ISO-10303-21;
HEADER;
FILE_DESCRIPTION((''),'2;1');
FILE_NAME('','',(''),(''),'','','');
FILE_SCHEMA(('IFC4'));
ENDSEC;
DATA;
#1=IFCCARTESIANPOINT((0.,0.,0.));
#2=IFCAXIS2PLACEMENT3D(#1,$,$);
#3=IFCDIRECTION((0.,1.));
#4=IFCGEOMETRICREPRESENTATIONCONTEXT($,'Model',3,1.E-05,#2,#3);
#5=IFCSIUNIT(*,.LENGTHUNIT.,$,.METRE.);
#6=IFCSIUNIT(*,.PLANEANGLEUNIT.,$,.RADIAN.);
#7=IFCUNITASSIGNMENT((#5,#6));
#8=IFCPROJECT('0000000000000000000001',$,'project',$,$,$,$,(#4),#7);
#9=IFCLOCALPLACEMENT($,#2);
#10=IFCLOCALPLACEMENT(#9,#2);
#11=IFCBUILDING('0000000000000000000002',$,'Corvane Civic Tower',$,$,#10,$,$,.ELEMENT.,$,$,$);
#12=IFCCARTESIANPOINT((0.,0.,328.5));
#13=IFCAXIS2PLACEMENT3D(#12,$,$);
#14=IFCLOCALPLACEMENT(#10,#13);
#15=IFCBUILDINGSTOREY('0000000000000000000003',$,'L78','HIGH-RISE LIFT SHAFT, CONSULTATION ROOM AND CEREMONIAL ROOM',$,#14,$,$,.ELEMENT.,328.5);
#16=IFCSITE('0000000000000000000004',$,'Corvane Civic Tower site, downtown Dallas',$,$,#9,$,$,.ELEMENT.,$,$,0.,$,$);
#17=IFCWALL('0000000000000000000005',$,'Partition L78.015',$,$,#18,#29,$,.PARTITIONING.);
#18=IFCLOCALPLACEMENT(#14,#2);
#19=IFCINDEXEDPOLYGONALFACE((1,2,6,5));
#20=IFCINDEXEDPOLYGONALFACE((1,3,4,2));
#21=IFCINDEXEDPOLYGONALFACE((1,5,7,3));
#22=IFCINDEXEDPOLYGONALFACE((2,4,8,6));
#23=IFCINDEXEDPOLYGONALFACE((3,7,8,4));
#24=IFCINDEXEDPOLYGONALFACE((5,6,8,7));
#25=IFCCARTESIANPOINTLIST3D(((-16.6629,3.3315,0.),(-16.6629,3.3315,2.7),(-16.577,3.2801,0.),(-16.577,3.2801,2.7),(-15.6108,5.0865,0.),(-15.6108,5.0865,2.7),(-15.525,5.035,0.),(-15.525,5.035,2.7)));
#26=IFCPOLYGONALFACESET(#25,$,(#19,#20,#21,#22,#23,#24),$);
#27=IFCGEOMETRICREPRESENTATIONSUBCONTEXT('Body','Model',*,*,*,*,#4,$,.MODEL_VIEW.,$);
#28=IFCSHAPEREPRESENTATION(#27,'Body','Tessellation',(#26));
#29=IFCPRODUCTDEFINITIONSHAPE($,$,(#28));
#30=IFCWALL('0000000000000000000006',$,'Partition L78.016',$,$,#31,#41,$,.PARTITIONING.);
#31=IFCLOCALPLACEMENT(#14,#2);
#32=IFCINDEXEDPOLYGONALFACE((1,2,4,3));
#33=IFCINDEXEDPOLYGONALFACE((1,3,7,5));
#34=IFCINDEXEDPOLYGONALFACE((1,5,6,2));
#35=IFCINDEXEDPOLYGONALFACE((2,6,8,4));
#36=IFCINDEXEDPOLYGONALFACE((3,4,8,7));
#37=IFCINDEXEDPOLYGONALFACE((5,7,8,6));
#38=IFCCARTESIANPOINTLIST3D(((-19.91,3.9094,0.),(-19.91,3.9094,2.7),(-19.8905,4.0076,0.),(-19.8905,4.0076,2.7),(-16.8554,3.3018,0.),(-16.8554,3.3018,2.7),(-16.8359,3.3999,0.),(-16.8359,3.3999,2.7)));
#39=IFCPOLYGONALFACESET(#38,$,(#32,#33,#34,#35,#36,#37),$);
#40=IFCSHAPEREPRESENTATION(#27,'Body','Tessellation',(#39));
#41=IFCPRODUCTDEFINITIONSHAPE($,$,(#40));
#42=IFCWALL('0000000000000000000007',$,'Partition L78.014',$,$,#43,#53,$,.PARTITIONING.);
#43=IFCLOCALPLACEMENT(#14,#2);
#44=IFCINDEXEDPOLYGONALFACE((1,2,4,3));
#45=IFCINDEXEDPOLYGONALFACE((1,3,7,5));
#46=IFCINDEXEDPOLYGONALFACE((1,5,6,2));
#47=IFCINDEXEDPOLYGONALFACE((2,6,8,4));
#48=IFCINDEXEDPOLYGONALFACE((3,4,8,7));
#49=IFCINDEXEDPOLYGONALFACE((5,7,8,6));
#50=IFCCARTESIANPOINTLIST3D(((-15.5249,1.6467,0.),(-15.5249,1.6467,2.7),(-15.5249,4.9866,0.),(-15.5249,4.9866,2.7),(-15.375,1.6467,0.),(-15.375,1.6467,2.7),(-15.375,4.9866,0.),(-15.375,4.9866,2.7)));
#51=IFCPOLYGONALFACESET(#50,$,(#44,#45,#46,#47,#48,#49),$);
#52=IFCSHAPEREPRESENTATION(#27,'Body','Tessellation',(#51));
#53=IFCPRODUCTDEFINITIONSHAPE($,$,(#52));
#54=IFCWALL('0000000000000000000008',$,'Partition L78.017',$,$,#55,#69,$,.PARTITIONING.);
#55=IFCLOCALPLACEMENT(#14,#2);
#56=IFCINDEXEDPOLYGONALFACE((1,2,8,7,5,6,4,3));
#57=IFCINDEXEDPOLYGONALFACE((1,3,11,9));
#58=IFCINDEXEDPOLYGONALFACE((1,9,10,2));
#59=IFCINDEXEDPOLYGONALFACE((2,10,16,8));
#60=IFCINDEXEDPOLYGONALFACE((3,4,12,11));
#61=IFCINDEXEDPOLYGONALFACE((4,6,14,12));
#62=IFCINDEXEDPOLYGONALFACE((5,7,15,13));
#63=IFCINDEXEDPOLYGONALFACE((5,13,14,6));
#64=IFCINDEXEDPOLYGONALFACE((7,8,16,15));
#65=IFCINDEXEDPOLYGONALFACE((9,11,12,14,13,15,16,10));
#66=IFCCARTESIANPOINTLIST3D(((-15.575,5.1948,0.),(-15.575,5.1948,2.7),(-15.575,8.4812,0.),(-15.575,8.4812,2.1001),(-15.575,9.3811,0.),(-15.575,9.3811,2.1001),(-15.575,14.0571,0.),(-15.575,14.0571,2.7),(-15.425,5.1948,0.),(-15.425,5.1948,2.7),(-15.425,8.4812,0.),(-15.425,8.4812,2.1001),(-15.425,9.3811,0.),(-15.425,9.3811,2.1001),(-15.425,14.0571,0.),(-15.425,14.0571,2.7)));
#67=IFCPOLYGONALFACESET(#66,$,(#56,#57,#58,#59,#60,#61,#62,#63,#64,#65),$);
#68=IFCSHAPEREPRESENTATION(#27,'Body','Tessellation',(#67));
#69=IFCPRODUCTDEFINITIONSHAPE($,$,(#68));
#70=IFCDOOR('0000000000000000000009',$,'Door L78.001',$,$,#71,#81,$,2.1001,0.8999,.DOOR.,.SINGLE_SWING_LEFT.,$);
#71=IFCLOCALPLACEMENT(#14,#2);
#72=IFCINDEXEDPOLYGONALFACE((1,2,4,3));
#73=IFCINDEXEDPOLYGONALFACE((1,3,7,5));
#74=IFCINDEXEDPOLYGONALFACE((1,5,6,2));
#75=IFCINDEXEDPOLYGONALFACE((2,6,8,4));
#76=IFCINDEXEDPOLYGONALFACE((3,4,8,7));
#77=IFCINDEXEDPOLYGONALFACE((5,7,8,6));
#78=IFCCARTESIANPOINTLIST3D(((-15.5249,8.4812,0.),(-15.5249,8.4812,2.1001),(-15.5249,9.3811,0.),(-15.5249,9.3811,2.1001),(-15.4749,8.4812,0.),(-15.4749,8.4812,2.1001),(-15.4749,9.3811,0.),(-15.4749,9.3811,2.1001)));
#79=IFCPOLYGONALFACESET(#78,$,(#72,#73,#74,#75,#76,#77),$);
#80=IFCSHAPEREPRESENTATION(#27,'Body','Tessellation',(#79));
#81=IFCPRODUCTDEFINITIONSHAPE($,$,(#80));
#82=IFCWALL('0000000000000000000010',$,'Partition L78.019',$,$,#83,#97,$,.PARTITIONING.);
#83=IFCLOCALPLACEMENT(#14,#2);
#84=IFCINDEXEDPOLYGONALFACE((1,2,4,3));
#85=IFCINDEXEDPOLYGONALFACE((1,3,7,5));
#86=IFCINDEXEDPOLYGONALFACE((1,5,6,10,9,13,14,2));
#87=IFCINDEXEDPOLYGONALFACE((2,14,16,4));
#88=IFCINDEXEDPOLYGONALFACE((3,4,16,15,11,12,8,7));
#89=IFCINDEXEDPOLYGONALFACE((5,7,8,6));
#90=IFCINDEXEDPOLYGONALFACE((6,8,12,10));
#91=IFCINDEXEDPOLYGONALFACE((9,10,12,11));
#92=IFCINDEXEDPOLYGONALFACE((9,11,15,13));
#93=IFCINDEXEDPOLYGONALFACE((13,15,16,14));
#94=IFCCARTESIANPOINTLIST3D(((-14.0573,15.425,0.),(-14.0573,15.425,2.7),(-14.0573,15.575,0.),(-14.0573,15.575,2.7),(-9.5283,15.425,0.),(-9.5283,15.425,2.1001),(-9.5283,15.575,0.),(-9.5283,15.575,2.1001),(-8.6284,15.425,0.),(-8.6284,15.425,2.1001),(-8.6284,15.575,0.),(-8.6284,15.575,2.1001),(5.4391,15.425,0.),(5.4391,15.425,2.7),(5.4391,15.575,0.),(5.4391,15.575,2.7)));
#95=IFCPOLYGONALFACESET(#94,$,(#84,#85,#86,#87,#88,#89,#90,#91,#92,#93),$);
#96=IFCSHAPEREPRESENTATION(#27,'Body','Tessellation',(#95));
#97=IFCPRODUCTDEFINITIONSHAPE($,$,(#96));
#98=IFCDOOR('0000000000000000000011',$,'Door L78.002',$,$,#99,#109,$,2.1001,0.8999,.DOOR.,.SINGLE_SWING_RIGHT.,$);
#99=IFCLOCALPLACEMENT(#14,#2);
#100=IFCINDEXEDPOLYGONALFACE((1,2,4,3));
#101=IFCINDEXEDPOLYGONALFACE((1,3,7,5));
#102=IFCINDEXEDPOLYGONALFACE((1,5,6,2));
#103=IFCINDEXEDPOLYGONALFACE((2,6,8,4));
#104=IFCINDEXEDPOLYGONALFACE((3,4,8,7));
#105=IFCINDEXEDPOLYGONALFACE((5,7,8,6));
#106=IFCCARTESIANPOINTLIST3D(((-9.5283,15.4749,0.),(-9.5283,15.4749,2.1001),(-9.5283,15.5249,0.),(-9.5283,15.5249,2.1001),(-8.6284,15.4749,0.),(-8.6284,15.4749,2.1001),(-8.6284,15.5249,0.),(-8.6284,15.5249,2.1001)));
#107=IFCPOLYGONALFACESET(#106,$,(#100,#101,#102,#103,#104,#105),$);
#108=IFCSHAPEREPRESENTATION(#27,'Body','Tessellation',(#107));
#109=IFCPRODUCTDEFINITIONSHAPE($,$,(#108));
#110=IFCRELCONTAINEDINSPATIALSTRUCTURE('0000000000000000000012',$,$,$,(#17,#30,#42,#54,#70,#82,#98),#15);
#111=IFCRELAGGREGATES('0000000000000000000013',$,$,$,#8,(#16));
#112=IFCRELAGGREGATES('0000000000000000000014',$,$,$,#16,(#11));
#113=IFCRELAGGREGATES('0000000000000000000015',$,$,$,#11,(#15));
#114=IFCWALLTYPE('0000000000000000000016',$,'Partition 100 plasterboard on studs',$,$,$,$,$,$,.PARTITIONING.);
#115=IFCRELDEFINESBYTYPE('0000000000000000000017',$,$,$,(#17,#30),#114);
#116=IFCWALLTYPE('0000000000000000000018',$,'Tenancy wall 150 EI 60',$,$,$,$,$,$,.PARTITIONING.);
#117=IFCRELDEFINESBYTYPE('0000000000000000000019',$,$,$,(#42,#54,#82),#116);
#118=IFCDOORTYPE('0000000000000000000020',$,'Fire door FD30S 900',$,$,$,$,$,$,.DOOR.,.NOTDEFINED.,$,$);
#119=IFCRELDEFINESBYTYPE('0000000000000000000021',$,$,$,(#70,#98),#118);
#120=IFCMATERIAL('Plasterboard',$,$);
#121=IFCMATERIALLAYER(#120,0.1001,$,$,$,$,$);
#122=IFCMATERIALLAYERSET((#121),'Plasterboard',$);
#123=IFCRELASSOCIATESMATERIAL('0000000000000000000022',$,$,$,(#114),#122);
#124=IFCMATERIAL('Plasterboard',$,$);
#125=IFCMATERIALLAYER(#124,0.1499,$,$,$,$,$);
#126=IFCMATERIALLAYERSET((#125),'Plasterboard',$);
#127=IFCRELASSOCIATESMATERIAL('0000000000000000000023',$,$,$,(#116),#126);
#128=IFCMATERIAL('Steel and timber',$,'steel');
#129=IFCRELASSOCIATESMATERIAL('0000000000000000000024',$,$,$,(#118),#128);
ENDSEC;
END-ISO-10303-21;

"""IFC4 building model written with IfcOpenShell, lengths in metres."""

from ifc_helpers import new_model, si_unit, direction, frame, frame_2d, origin, place, context, subcontext, project, spatial, rectangle, extrude, material, layer, layer_set, type_object, element, fill, save


model = new_model("IFC4")

# Units and contexts
model_context = context("Model", 3, precision=1e-05, world=origin(), true_north=direction((0.0, 1.0)))
body_context = subcontext(model_context, "Body", "Model", "MODEL_VIEW")
ifc_project = project(units=[si_unit("LENGTHUNIT", "METRE"), si_unit("PLANEANGLEUNIT", "RADIAN")], contexts=[model_context])

# Site, building, storey
site_placement = place(None, origin())
site = spatial("IfcSite", under=ifc_project, at=site_placement, Name="Corvane Civic Tower site, downtown Dallas", CompositionType="ELEMENT", RefElevation=0.0)
building_placement = place(site_placement, origin())
building = spatial("IfcBuilding", under=site, at=building_placement, Name="Corvane Civic Tower", CompositionType="ELEMENT")
storey_placement = place(building_placement, frame((0.0, 0.0, 328.5)))
storey = spatial("IfcBuildingStorey", under=building, at=storey_placement, Name="L78", Description="HIGH-RISE LIFT SHAFT, CONSULTATION ROOM AND CEREMONIAL ROOM", CompositionType="ELEMENT", Elevation=328.5)

# Walls
ifc_material_1 = material(Name="Plasterboard")
ifc_layer_1 = layer(ifc_material_1, 0.1001)
ifc_layer_set_1 = layer_set([ifc_layer_1], Name="Plasterboard")
wall_type_1 = type_object("IfcWallType", Name="Partition 100 plasterboard on studs", PredefinedType="PARTITIONING", material=ifc_layer_set_1)
wall_1_placement = place(storey_placement, frame((-16.6199, 3.3059, 0.0), z_axis=(0.0, 0.0, 1.0), x_axis=(0.514162, 0.857693, 0.0)))
element("IfcWall", 1, at=wall_1_placement, inside=storey, type_object=wall_type_1, Name="Partition L78.015", PredefinedType="PARTITIONING", context=body_context, shape_type="SweptSolid", body=[
    extrude(rectangle(XDim=2.0461, YDim=0.1001, at=frame_2d((1.0229, 0.0))), origin(), (0.0, 0.0, 1.0), 2.7),
])
wall_2_placement = place(storey_placement, frame((-19.9001, 3.9585, 0.0), z_axis=(0.0, 0.0, 1.0), x_axis=(0.980782, -0.195106, 0.0)))
element("IfcWall", 2, at=wall_2_placement, inside=storey, type_object=wall_type_1, Name="Partition L78.016", PredefinedType="PARTITIONING", context=body_context, shape_type="SweptSolid", body=[
    extrude(rectangle(XDim=3.1145, YDim=0.1001, at=frame_2d((1.5571, 0.0))), origin(), (0.0, 0.0, 1.0), 2.7),
])
ifc_material_2 = material(Name="Plasterboard")
ifc_layer_2 = layer(ifc_material_2, 0.1499)
ifc_layer_set_2 = layer_set([ifc_layer_2], Name="Plasterboard")
wall_type_2 = type_object("IfcWallType", Name="Tenancy wall 150 EI 60", PredefinedType="PARTITIONING", material=ifc_layer_set_2)
wall_3_placement = place(storey_placement, frame((-15.45, 1.6467, 0.0), z_axis=(0.0, 0.0, 1.0), x_axis=(0.0, 1.0, 0.0)))
element("IfcWall", 3, at=wall_3_placement, inside=storey, type_object=wall_type_2, Name="Partition L78.014", PredefinedType="PARTITIONING", context=body_context, shape_type="SweptSolid", body=[
    extrude(rectangle(XDim=3.3398, YDim=0.1499, at=frame_2d((1.6699, 0.0))), origin(), (0.0, 0.0, 1.0), 2.7),
])

# Walls, openings, doors
wall_4_placement = place(storey_placement, frame((-15.5, 5.1948, 0.0), z_axis=(0.0, 0.0, 1.0), x_axis=(0.0, 1.0, 0.0)))
wall_4 = element("IfcWall", 4, at=wall_4_placement, inside=storey, type_object=wall_type_2, Name="Partition L78.017", PredefinedType="PARTITIONING", context=body_context, shape_type="SweptSolid", body=[
    extrude(rectangle(XDim=8.8623, YDim=0.1499, at=frame_2d((4.4312, 0.0))), origin(), (0.0, 0.0, 1.0), 2.7),
])
opening_1_placement = place(wall_4_placement, frame((3.2864, 0.0, 0.0)))
opening_1 = element("IfcOpeningElement", 5, at=opening_1_placement, cuts=wall_4, PredefinedType="OPENING", context=body_context, shape_type="SweptSolid", body=[
    extrude(rectangle(XDim=0.8999, YDim=2.1001, at=frame_2d((0.45, 1.05))), frame((0.0, 0.085, 0.0), z_axis=(0.0, -1.0, 0.0), x_axis=(1.0, 0.0, 0.0)), (0.0, 0.0, 1.0), 0.1699),
])
ifc_material_3 = material(Name="Steel and timber", Category="steel")
door_type = type_object("IfcDoorType", Name="Fire door FD30S 900", OperationType="NOTDEFINED", PredefinedType="DOOR", material=ifc_material_3)
door_1_placement = place(opening_1_placement, origin())
door_1 = element("IfcDoor", 6, at=door_1_placement, inside=storey, type_object=door_type, Name="Door L78.001", OperationType="SINGLE_SWING_LEFT", OverallHeight=2.1001, OverallWidth=0.8999, PredefinedType="DOOR", context=body_context, shape_type="SweptSolid", body=[
    extrude(rectangle(XDim=0.8999, YDim=2.1001, at=frame_2d((0.45, 1.05))), frame((0.0, 0.0249, 0.0), z_axis=(0.0, -1.0, 0.0), x_axis=(1.0, 0.0, 0.0)), (0.0, 0.0, 1.0), 0.05),
])
fill(opening_1, door_1)
wall_5_placement = place(storey_placement, frame((-14.0571, 15.5, 0.0), z_axis=(0.0, 0.0, 1.0), x_axis=(1.0, 0.0, 0.0)))
wall_5 = element("IfcWall", 7, at=wall_5_placement, inside=storey, type_object=wall_type_2, Name="Partition L78.019", PredefinedType="PARTITIONING", context=body_context, shape_type="SweptSolid", body=[
    extrude(rectangle(XDim=19.4963, YDim=0.1499, at=frame_2d((9.748, 0.0))), origin(), (0.0, 0.0, 1.0), 2.7),
])
opening_2_placement = place(wall_5_placement, frame((4.5288, 0.0, 0.0)))
opening_2 = element("IfcOpeningElement", 8, at=opening_2_placement, cuts=wall_5, PredefinedType="OPENING", context=body_context, shape_type="SweptSolid", body=[
    extrude(rectangle(XDim=0.8999, YDim=2.1001, at=frame_2d((0.45, 1.05))), frame((0.0, 0.085, 0.0), z_axis=(0.0, -1.0, 0.0), x_axis=(1.0, 0.0, 0.0)), (0.0, 0.0, 1.0), 0.1699),
])
door_2_placement = place(opening_2_placement, origin())
door_2 = element("IfcDoor", 9, at=door_2_placement, inside=storey, type_object=door_type, Name="Door L78.002", OperationType="SINGLE_SWING_RIGHT", OverallHeight=2.1001, OverallWidth=0.8999, PredefinedType="DOOR", context=body_context, shape_type="SweptSolid", body=[
    extrude(rectangle(XDim=0.8999, YDim=2.1001, at=frame_2d((0.45, 1.05))), frame((0.0, 0.0249, 0.0), z_axis=(0.0, -1.0, 0.0), x_axis=(1.0, 0.0, 0.0)), (0.0, 0.0, 1.0), 0.05),
])
fill(opening_2, door_2)

save(model, "model.ifc")
